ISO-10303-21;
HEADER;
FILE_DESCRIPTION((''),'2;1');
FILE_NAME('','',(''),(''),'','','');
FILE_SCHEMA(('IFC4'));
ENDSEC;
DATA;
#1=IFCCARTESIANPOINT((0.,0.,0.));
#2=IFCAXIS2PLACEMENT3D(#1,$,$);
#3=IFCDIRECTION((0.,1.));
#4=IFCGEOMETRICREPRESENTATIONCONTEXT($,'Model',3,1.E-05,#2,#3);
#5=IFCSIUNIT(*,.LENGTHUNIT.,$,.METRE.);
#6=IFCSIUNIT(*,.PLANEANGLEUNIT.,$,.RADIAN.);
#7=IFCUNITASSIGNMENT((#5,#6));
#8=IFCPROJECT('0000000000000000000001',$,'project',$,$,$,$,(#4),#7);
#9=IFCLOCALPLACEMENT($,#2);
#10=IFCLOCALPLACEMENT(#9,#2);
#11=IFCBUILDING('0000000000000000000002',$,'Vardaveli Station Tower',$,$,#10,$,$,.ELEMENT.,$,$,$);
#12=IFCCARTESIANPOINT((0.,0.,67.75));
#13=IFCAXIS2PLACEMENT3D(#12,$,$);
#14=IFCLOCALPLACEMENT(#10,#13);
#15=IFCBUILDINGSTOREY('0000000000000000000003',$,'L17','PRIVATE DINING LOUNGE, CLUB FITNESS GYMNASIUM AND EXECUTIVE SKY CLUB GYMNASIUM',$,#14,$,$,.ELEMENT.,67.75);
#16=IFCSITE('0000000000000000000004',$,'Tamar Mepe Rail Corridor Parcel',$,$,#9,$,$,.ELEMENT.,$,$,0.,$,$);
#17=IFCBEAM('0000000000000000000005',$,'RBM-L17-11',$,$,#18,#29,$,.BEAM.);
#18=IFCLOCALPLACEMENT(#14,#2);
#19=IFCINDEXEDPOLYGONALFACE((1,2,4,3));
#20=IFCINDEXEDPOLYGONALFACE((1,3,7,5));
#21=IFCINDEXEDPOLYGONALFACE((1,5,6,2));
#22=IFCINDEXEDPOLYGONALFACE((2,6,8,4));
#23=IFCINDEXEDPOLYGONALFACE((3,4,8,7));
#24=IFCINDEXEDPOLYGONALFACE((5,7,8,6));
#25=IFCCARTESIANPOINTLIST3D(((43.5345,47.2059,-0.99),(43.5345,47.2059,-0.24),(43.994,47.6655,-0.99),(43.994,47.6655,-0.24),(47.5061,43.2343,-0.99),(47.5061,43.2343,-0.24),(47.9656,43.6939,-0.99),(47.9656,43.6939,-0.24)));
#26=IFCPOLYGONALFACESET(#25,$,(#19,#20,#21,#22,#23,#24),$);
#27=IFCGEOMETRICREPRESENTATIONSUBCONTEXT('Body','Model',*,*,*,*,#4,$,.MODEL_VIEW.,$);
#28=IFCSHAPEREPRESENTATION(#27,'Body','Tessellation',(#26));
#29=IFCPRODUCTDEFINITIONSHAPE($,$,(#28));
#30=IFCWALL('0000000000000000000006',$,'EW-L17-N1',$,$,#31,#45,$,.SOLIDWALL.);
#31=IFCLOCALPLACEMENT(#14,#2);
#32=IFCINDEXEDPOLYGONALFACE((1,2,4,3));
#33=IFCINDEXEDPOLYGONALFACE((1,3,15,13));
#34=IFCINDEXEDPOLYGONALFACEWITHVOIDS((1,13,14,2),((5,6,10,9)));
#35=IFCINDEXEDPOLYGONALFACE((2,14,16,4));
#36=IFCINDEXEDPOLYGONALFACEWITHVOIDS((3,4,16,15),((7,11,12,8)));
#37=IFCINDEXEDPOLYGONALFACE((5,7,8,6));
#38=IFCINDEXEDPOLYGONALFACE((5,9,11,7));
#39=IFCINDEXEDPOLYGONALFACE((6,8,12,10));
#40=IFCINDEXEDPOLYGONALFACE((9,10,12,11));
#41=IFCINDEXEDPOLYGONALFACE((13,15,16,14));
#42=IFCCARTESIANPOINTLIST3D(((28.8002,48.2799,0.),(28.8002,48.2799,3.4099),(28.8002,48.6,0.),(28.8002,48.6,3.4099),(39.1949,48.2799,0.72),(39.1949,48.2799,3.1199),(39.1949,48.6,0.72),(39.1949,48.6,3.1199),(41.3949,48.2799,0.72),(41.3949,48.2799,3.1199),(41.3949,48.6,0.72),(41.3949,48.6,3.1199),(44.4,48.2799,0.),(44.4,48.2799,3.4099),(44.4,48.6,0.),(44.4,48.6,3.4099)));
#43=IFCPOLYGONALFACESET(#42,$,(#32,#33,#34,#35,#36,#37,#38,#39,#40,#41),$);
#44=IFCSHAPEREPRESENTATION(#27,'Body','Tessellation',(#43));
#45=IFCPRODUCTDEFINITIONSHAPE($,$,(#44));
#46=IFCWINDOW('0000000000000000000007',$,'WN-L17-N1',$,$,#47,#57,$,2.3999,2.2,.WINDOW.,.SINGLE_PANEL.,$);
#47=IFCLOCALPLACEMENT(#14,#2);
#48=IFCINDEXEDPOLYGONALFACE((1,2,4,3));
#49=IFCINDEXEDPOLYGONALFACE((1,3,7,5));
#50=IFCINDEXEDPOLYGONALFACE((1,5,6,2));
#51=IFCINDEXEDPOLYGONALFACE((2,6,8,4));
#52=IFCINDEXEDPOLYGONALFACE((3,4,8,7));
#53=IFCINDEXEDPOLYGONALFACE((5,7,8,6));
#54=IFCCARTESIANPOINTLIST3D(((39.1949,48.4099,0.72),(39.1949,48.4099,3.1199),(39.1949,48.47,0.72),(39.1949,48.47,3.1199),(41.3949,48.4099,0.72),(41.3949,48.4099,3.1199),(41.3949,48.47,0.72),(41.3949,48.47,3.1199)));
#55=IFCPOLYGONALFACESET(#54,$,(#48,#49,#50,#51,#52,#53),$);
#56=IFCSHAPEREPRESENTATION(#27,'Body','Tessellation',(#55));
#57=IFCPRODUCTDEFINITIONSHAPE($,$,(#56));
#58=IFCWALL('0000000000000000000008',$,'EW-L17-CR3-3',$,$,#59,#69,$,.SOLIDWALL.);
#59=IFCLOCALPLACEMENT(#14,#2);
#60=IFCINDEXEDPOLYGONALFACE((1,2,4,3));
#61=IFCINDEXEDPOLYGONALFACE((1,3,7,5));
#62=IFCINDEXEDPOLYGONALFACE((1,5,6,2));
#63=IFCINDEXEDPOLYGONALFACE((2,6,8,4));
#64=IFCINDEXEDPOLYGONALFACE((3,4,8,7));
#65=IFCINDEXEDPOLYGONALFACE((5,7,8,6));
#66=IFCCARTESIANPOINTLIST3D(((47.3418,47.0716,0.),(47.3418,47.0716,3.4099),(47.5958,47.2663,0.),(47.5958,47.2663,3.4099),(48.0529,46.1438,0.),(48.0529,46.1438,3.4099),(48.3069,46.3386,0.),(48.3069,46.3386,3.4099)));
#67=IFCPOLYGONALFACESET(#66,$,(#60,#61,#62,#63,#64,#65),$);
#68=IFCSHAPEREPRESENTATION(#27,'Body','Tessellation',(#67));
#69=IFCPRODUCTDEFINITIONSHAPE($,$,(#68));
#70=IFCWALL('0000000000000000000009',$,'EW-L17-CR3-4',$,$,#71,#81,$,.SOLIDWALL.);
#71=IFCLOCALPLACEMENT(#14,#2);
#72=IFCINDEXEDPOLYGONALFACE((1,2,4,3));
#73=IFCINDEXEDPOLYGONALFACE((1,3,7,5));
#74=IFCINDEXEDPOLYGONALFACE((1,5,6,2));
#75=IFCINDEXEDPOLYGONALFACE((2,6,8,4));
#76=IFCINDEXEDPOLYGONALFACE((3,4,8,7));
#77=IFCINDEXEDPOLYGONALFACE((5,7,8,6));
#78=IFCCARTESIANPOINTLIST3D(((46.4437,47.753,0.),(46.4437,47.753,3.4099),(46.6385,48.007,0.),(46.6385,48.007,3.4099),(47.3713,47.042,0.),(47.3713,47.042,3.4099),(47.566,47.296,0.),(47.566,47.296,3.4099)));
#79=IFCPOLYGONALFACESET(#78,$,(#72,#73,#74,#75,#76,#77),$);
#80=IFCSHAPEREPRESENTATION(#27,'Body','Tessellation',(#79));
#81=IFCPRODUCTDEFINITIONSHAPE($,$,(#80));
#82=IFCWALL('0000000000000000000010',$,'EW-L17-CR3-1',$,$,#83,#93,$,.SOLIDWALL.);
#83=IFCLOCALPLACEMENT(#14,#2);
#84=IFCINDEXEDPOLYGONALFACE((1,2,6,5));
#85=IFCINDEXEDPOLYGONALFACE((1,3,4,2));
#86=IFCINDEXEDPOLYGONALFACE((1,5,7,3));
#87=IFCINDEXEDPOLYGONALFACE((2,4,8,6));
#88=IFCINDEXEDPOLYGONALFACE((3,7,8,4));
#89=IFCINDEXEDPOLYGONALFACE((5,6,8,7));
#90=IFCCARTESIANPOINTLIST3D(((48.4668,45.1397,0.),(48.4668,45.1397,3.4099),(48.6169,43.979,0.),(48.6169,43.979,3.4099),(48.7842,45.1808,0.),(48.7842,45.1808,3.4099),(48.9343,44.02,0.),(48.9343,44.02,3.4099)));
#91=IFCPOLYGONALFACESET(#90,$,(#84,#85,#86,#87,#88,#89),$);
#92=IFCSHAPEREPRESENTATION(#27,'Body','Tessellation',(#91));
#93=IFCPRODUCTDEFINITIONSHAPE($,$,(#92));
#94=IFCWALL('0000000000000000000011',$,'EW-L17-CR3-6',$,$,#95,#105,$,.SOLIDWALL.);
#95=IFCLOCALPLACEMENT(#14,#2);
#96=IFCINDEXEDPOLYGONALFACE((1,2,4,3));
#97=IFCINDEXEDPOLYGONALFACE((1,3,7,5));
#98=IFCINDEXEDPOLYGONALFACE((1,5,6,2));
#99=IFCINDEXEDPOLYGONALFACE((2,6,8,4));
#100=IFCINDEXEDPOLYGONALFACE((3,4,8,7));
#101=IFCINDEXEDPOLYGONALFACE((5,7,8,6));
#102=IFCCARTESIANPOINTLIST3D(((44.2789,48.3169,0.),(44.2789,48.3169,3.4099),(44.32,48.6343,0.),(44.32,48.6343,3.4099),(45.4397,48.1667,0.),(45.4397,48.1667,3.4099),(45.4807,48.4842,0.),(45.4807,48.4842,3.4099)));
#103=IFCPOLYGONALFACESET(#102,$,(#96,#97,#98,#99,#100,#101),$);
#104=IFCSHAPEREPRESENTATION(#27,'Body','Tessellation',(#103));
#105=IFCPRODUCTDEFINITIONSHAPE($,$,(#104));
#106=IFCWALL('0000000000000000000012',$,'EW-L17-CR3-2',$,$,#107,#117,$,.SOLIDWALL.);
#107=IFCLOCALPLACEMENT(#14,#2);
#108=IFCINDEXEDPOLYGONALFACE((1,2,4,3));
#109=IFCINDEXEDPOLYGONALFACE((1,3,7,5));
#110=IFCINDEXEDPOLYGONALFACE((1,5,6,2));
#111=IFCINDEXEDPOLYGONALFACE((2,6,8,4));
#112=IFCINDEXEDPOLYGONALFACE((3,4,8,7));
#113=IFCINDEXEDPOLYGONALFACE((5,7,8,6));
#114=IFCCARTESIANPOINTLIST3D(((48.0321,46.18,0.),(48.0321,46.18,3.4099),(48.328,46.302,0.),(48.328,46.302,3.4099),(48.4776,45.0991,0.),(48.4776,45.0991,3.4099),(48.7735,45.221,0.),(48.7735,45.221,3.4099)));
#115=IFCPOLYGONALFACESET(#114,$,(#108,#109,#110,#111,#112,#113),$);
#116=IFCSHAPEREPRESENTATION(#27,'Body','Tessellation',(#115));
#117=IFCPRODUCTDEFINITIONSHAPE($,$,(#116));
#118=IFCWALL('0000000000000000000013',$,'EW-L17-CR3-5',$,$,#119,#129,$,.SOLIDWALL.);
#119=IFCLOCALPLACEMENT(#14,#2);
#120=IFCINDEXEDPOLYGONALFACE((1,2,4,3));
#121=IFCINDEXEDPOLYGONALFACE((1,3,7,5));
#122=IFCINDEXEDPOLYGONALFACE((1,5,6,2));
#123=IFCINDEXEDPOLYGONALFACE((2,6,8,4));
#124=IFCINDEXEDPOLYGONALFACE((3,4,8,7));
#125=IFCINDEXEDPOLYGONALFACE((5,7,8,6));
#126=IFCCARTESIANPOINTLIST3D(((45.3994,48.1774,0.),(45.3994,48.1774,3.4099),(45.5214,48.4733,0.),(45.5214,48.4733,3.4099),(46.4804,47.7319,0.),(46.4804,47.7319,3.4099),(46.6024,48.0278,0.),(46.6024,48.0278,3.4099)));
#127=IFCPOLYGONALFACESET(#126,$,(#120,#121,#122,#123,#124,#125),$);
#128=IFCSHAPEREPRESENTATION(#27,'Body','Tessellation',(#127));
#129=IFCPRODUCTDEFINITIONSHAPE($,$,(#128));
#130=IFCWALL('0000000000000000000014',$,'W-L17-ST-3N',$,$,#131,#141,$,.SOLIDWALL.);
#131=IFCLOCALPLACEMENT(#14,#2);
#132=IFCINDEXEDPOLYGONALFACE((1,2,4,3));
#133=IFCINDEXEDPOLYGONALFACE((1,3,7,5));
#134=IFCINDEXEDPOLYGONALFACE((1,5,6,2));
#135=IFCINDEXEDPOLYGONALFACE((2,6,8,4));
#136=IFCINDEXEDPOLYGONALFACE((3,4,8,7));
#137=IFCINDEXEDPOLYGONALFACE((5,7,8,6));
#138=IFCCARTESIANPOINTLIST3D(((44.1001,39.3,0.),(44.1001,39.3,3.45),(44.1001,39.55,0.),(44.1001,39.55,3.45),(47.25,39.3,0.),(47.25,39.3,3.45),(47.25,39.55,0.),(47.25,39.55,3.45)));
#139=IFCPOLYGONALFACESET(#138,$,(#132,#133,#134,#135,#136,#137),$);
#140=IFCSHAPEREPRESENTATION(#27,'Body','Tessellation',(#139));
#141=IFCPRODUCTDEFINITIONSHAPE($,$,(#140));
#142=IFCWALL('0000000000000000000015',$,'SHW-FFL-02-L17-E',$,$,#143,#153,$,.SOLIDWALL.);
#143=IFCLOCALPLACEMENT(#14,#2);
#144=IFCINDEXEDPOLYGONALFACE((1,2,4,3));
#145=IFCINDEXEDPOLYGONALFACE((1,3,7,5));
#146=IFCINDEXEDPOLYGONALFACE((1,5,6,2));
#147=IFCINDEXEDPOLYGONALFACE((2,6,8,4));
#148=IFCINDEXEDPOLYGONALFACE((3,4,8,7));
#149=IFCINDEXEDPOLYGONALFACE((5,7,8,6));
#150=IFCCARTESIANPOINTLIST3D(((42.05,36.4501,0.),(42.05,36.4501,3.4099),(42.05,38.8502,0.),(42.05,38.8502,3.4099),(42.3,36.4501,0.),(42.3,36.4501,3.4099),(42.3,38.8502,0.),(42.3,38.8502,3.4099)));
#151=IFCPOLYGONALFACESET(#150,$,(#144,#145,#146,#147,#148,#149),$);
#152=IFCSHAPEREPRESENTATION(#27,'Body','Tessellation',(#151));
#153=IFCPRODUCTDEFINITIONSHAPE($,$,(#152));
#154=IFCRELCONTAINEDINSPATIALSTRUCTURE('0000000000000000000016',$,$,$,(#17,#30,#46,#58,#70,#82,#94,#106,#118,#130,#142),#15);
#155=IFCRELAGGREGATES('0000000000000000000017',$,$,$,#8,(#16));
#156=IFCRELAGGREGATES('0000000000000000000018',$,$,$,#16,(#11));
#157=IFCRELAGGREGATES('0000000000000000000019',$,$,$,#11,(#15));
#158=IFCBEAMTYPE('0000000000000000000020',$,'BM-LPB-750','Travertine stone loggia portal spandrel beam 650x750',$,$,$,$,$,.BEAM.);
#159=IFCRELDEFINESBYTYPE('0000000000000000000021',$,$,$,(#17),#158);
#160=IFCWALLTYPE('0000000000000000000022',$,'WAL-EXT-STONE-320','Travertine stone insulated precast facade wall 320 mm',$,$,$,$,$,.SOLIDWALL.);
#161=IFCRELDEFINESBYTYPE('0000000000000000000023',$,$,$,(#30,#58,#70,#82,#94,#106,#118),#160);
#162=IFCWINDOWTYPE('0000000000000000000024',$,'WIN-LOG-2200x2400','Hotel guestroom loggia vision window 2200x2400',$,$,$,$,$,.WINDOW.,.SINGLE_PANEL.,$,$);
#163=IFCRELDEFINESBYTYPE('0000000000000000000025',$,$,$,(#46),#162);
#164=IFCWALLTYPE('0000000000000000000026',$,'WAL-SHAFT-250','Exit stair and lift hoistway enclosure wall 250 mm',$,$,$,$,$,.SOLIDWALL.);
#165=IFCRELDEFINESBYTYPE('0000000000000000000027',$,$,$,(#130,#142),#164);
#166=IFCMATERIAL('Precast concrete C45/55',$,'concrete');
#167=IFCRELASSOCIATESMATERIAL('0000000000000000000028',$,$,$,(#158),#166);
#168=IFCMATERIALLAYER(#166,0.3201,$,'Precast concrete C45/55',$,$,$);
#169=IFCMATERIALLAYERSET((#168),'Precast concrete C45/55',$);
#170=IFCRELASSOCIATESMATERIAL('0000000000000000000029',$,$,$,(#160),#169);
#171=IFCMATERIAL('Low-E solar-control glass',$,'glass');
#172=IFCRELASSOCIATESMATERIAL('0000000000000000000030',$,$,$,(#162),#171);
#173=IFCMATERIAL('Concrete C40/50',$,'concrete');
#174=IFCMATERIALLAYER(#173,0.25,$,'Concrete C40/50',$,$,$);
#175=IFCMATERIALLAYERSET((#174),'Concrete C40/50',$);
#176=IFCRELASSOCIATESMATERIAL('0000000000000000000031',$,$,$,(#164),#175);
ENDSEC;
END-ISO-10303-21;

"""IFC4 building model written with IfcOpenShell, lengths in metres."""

from ifc_helpers import new_model, si_unit, direction, frame, frame_2d, origin, origin_2d, place, context, subcontext, project, spatial, rectangle, extrude, source, transform, mapped, material, layer, layer_set, material_profile, profile_set, type_object, element, fill, save


model = new_model("IFC4")

# Units and contexts
model_context = context("Model", 3, precision=1e-05, world=origin(), true_north=direction((0.0, 1.0)))
body_context = subcontext(model_context, "Body", "Model", "MODEL_VIEW")
ifc_project = project(units=[si_unit("LENGTHUNIT", "METRE"), si_unit("PLANEANGLEUNIT", "RADIAN")], contexts=[model_context])

# Site, building, storey
site_placement = place(None, origin())
site = spatial("IfcSite", under=ifc_project, at=site_placement, Name="Tamar Mepe Rail Corridor Parcel", CompositionType="ELEMENT", RefElevation=0.0)
building_placement = place(site_placement, origin())
building = spatial("IfcBuilding", under=site, at=building_placement, Name="Vardaveli Station Tower", CompositionType="ELEMENT")
storey_placement = place(building_placement, frame((0.0, 0.0, 67.75)))
storey = spatial("IfcBuildingStorey", under=building, at=storey_placement, Name="L17", Description="PRIVATE DINING LOUNGE, CLUB FITNESS GYMNASIUM AND EXECUTIVE SKY CLUB GYMNASIUM", CompositionType="ELEMENT", Elevation=67.75)

# Beam
ifc_material_1 = material(Name="Precast concrete C45/55", Category="concrete")
ifc_material_profile_1 = material_profile(ifc_material_1, rectangle(XDim=0.6499, YDim=0.75, at=origin_2d()), Name="LPB 650x750")
ifc_profile_set_1 = profile_set([ifc_material_profile_1], Name="Precast concrete C45/55")
beam_type = type_object("IfcBeamType", Name="BM-LPB-750", Description="Travertine stone loggia portal spandrel beam 650x750", PredefinedType="BEAM", material=ifc_profile_set_1)
shared_shape_1 = source(origin(), body_context, "Body", "SweptSolid", [
    extrude(rectangle(XDim=0.6499, YDim=0.75, at=origin_2d()), origin(), (0.0, 0.0, 1.0), 5.6167),
])
beam_placement = place(storey_placement, frame((47.7358, 43.4641, -0.615), z_axis=(-0.707107, 0.707107, 0.0), x_axis=(-0.707107, -0.707107, 0.0)))
element("IfcBeam", 1, at=beam_placement, inside=storey, type_object=beam_type, Name="RBM-L17-11", PredefinedType="BEAM", context=body_context, shape_type="MappedRepresentation", body=[
    mapped(shared_shape_1, transform((0.0, 0.0, 0.0), scale=1.0)),
])

# Wall, opening, window
ifc_layer_1 = layer(ifc_material_1, 0.3201, Name="Precast concrete C45/55")
ifc_layer_set_1 = layer_set([ifc_layer_1], Name="Precast concrete C45/55")
wall_type_1 = type_object("IfcWallType", Name="WAL-EXT-STONE-320", Description="Travertine stone insulated precast facade wall 320 mm", PredefinedType="SOLIDWALL", material=ifc_layer_set_1)
shared_shape_2 = source(origin(), body_context, "Body", "SweptSolid", [
    extrude(rectangle(XDim=15.5999, YDim=0.3201, at=frame_2d((7.7998, 0.0))), origin(), (0.0, 0.0, 1.0), 3.4099),
])
wall_1_placement = place(storey_placement, frame((44.3999, 48.4399, 0.0), z_axis=(0.0, 0.0, 1.0), x_axis=(-1.0, 0.0, 0.0)))
wall_1 = element("IfcWall", 2, at=wall_1_placement, inside=storey, type_object=wall_type_1, Name="EW-L17-N1", PredefinedType="SOLIDWALL", context=body_context, shape_type="MappedRepresentation", body=[
    mapped(shared_shape_2, transform((0.0, 0.0, 0.0), scale=1.0)),
])
shared_shape_3 = source(origin(), body_context, "Body", "SweptSolid", [
    extrude(rectangle(XDim=2.2, YDim=2.3999, at=frame_2d((1.1001, 1.2))), frame((0.0, 0.1699, 0.0), z_axis=(0.0, -1.0, 0.0), x_axis=(1.0, 0.0, 0.0)), (0.0, 0.0, 1.0), 0.3401),
])
opening_placement = place(wall_1_placement, frame((3.0049, 0.0, 0.72)))
opening = element("IfcOpeningElement", 3, at=opening_placement, cuts=wall_1, PredefinedType="OPENING", context=body_context, shape_type="MappedRepresentation", body=[
    mapped(shared_shape_3, transform((0.0, 0.0, 0.0), scale=1.0)),
])
ifc_material_2 = material(Name="Low-E solar-control glass", Category="glass")
window_type = type_object("IfcWindowType", Name="WIN-LOG-2200x2400", Description="Hotel guestroom loggia vision window 2200x2400", PartitioningType="SINGLE_PANEL", PredefinedType="WINDOW", material=ifc_material_2)
shared_shape_4 = source(origin(), body_context, "Body", "SweptSolid", [
    extrude(rectangle(XDim=2.2, YDim=2.3999, at=frame_2d((1.1001, 1.2))), frame((0.0, 0.03, 0.0), z_axis=(0.0, -1.0, 0.0), x_axis=(1.0, 0.0, 0.0)), (0.0, 0.0, 1.0), 0.0601),
])
window_placement = place(opening_placement, origin())
window = element("IfcWindow", 4, at=window_placement, inside=storey, type_object=window_type, Name="WN-L17-N1", OverallHeight=2.3999, OverallWidth=2.2, PartitioningType="SINGLE_PANEL", PredefinedType="WINDOW", context=body_context, shape_type="MappedRepresentation", body=[
    mapped(shared_shape_4, transform((0.0, 0.0, 0.0), scale=1.0)),
])
fill(opening, window)

# Walls
shared_shape_5 = source(origin(), body_context, "Body", "SweptSolid", [
    extrude(rectangle(XDim=1.1689, YDim=0.3201, at=frame_2d((0.5845, 0.0))), origin(), (0.0, 0.0, 1.0), 3.4099),
])
wall_2_placement = place(storey_placement, frame((48.1799, 46.2412, 0.0), z_axis=(0.0, 0.0, 1.0), x_axis=(-0.608388, 0.79364, 0.0)))
element("IfcWall", 5, at=wall_2_placement, inside=storey, type_object=wall_type_1, Name="EW-L17-CR3-3", PredefinedType="SOLIDWALL", context=body_context, shape_type="MappedRepresentation", body=[
    mapped(shared_shape_5, transform((0.0, 0.0, 0.0), scale=1.0)),
])
shared_shape_6 = source(origin(), body_context, "Body", "SweptSolid", [
    extrude(rectangle(XDim=1.1687, YDim=0.3201, at=frame_2d((0.5845, 0.0))), origin(), (0.0, 0.0, 1.0), 3.4099),
])
wall_3_placement = place(storey_placement, frame((47.4688, 47.1689, 0.0), z_axis=(0.0, 0.0, 1.0), x_axis=(-0.793664, 0.608357, 0.0)))
element("IfcWall", 6, at=wall_3_placement, inside=storey, type_object=wall_type_1, Name="EW-L17-CR3-4", PredefinedType="SOLIDWALL", context=body_context, shape_type="MappedRepresentation", body=[
    mapped(shared_shape_6, transform((0.0, 0.0, 0.0), scale=1.0)),
])
shared_shape_7 = source(origin(), body_context, "Body", "SweptSolid", [
    extrude(rectangle(XDim=1.1704, YDim=0.3201, at=frame_2d((0.5852, 0.0))), origin(), (0.0, 0.0, 1.0), 3.4099),
])
for number, where, z_axis, x_axis, name in (
    (7, (48.7756, 43.9995, 0.0), (0.0, 0.0, 1.0), (-0.128296, 0.991736, 0.0), "EW-L17-CR3-1"),
    (8, (45.4602, 48.3254, 0.0), (0.0, 0.0, 1.0), (-0.991736, 0.128296, 0.0), "EW-L17-CR3-6"),
):
    element("IfcWall", number, at=place(storey_placement, frame(where, z_axis=z_axis, x_axis=x_axis)), inside=storey, type_object=wall_type_1, Name=name, PredefinedType="SOLIDWALL", context=body_context, shape_type="MappedRepresentation", body=[
        mapped(shared_shape_7, transform((0.0, 0.0, 0.0), scale=1.0)),
    ])
shared_shape_8 = source(origin(), body_context, "Body", "SweptSolid", [
    extrude(rectangle(XDim=1.1692, YDim=0.3201, at=frame_2d((0.5845, 0.0))), origin(), (0.0, 0.0, 1.0), 3.4099),
])
for number, where, z_axis, x_axis, name in (
    (9, (48.6255, 45.1602, 0.0), (0.0, 0.0, 1.0), (-0.381054, 0.924553, 0.0), "EW-L17-CR3-2"),
    (10, (46.5413, 47.8799, 0.0), (0.0, 0.0, 1.0), (-0.924553, 0.381054, 0.0), "EW-L17-CR3-5"),
):
    element("IfcWall", number, at=place(storey_placement, frame(where, z_axis=z_axis, x_axis=x_axis)), inside=storey, type_object=wall_type_1, Name=name, PredefinedType="SOLIDWALL", context=body_context, shape_type="MappedRepresentation", body=[
        mapped(shared_shape_8, transform((0.0, 0.0, 0.0), scale=1.0)),
    ])
ifc_material_3 = material(Name="Concrete C40/50", Category="concrete")
ifc_layer_2 = layer(ifc_material_3, 0.25, Name="Concrete C40/50")
ifc_layer_set_2 = layer_set([ifc_layer_2], Name="Concrete C40/50")
wall_type_2 = type_object("IfcWallType", Name="WAL-SHAFT-250", Description="Exit stair and lift hoistway enclosure wall 250 mm", PredefinedType="SOLIDWALL", material=ifc_layer_set_2)
shared_shape_9 = source(origin(), body_context, "Body", "SweptSolid", [
    extrude(rectangle(XDim=3.1499, YDim=0.25, at=frame_2d((1.575, 0.0))), origin(), (0.0, 0.0, 1.0), 3.45),
])
wall_4_placement = place(storey_placement, frame((44.1001, 39.425, 0.0), z_axis=(0.0, 0.0, 1.0), x_axis=(1.0, 0.0, 0.0)))
element("IfcWall", 11, at=wall_4_placement, inside=storey, type_object=wall_type_2, Name="W-L17-ST-3N", PredefinedType="SOLIDWALL", context=body_context, shape_type="MappedRepresentation", body=[
    mapped(shared_shape_9, transform((0.0, 0.0, 0.0), scale=1.0)),
])
shared_shape_10 = source(origin(), body_context, "Body", "SweptSolid", [
    extrude(rectangle(XDim=2.4001, YDim=0.25, at=frame_2d((1.2002, 0.0))), origin(), (0.0, 0.0, 1.0), 3.4099),
])
wall_5_placement = place(storey_placement, frame((42.175, 36.45, 0.0), z_axis=(0.0, 0.0, 1.0), x_axis=(0.0, 1.0, 0.0)))
element("IfcWall", 12, at=wall_5_placement, inside=storey, type_object=wall_type_2, Name="SHW-FFL-02-L17-E", PredefinedType="SOLIDWALL", context=body_context, shape_type="MappedRepresentation", body=[
    mapped(shared_shape_10, transform((0.0, 0.0, 0.0), scale=1.0)),
])

save(model, "model.ifc")
